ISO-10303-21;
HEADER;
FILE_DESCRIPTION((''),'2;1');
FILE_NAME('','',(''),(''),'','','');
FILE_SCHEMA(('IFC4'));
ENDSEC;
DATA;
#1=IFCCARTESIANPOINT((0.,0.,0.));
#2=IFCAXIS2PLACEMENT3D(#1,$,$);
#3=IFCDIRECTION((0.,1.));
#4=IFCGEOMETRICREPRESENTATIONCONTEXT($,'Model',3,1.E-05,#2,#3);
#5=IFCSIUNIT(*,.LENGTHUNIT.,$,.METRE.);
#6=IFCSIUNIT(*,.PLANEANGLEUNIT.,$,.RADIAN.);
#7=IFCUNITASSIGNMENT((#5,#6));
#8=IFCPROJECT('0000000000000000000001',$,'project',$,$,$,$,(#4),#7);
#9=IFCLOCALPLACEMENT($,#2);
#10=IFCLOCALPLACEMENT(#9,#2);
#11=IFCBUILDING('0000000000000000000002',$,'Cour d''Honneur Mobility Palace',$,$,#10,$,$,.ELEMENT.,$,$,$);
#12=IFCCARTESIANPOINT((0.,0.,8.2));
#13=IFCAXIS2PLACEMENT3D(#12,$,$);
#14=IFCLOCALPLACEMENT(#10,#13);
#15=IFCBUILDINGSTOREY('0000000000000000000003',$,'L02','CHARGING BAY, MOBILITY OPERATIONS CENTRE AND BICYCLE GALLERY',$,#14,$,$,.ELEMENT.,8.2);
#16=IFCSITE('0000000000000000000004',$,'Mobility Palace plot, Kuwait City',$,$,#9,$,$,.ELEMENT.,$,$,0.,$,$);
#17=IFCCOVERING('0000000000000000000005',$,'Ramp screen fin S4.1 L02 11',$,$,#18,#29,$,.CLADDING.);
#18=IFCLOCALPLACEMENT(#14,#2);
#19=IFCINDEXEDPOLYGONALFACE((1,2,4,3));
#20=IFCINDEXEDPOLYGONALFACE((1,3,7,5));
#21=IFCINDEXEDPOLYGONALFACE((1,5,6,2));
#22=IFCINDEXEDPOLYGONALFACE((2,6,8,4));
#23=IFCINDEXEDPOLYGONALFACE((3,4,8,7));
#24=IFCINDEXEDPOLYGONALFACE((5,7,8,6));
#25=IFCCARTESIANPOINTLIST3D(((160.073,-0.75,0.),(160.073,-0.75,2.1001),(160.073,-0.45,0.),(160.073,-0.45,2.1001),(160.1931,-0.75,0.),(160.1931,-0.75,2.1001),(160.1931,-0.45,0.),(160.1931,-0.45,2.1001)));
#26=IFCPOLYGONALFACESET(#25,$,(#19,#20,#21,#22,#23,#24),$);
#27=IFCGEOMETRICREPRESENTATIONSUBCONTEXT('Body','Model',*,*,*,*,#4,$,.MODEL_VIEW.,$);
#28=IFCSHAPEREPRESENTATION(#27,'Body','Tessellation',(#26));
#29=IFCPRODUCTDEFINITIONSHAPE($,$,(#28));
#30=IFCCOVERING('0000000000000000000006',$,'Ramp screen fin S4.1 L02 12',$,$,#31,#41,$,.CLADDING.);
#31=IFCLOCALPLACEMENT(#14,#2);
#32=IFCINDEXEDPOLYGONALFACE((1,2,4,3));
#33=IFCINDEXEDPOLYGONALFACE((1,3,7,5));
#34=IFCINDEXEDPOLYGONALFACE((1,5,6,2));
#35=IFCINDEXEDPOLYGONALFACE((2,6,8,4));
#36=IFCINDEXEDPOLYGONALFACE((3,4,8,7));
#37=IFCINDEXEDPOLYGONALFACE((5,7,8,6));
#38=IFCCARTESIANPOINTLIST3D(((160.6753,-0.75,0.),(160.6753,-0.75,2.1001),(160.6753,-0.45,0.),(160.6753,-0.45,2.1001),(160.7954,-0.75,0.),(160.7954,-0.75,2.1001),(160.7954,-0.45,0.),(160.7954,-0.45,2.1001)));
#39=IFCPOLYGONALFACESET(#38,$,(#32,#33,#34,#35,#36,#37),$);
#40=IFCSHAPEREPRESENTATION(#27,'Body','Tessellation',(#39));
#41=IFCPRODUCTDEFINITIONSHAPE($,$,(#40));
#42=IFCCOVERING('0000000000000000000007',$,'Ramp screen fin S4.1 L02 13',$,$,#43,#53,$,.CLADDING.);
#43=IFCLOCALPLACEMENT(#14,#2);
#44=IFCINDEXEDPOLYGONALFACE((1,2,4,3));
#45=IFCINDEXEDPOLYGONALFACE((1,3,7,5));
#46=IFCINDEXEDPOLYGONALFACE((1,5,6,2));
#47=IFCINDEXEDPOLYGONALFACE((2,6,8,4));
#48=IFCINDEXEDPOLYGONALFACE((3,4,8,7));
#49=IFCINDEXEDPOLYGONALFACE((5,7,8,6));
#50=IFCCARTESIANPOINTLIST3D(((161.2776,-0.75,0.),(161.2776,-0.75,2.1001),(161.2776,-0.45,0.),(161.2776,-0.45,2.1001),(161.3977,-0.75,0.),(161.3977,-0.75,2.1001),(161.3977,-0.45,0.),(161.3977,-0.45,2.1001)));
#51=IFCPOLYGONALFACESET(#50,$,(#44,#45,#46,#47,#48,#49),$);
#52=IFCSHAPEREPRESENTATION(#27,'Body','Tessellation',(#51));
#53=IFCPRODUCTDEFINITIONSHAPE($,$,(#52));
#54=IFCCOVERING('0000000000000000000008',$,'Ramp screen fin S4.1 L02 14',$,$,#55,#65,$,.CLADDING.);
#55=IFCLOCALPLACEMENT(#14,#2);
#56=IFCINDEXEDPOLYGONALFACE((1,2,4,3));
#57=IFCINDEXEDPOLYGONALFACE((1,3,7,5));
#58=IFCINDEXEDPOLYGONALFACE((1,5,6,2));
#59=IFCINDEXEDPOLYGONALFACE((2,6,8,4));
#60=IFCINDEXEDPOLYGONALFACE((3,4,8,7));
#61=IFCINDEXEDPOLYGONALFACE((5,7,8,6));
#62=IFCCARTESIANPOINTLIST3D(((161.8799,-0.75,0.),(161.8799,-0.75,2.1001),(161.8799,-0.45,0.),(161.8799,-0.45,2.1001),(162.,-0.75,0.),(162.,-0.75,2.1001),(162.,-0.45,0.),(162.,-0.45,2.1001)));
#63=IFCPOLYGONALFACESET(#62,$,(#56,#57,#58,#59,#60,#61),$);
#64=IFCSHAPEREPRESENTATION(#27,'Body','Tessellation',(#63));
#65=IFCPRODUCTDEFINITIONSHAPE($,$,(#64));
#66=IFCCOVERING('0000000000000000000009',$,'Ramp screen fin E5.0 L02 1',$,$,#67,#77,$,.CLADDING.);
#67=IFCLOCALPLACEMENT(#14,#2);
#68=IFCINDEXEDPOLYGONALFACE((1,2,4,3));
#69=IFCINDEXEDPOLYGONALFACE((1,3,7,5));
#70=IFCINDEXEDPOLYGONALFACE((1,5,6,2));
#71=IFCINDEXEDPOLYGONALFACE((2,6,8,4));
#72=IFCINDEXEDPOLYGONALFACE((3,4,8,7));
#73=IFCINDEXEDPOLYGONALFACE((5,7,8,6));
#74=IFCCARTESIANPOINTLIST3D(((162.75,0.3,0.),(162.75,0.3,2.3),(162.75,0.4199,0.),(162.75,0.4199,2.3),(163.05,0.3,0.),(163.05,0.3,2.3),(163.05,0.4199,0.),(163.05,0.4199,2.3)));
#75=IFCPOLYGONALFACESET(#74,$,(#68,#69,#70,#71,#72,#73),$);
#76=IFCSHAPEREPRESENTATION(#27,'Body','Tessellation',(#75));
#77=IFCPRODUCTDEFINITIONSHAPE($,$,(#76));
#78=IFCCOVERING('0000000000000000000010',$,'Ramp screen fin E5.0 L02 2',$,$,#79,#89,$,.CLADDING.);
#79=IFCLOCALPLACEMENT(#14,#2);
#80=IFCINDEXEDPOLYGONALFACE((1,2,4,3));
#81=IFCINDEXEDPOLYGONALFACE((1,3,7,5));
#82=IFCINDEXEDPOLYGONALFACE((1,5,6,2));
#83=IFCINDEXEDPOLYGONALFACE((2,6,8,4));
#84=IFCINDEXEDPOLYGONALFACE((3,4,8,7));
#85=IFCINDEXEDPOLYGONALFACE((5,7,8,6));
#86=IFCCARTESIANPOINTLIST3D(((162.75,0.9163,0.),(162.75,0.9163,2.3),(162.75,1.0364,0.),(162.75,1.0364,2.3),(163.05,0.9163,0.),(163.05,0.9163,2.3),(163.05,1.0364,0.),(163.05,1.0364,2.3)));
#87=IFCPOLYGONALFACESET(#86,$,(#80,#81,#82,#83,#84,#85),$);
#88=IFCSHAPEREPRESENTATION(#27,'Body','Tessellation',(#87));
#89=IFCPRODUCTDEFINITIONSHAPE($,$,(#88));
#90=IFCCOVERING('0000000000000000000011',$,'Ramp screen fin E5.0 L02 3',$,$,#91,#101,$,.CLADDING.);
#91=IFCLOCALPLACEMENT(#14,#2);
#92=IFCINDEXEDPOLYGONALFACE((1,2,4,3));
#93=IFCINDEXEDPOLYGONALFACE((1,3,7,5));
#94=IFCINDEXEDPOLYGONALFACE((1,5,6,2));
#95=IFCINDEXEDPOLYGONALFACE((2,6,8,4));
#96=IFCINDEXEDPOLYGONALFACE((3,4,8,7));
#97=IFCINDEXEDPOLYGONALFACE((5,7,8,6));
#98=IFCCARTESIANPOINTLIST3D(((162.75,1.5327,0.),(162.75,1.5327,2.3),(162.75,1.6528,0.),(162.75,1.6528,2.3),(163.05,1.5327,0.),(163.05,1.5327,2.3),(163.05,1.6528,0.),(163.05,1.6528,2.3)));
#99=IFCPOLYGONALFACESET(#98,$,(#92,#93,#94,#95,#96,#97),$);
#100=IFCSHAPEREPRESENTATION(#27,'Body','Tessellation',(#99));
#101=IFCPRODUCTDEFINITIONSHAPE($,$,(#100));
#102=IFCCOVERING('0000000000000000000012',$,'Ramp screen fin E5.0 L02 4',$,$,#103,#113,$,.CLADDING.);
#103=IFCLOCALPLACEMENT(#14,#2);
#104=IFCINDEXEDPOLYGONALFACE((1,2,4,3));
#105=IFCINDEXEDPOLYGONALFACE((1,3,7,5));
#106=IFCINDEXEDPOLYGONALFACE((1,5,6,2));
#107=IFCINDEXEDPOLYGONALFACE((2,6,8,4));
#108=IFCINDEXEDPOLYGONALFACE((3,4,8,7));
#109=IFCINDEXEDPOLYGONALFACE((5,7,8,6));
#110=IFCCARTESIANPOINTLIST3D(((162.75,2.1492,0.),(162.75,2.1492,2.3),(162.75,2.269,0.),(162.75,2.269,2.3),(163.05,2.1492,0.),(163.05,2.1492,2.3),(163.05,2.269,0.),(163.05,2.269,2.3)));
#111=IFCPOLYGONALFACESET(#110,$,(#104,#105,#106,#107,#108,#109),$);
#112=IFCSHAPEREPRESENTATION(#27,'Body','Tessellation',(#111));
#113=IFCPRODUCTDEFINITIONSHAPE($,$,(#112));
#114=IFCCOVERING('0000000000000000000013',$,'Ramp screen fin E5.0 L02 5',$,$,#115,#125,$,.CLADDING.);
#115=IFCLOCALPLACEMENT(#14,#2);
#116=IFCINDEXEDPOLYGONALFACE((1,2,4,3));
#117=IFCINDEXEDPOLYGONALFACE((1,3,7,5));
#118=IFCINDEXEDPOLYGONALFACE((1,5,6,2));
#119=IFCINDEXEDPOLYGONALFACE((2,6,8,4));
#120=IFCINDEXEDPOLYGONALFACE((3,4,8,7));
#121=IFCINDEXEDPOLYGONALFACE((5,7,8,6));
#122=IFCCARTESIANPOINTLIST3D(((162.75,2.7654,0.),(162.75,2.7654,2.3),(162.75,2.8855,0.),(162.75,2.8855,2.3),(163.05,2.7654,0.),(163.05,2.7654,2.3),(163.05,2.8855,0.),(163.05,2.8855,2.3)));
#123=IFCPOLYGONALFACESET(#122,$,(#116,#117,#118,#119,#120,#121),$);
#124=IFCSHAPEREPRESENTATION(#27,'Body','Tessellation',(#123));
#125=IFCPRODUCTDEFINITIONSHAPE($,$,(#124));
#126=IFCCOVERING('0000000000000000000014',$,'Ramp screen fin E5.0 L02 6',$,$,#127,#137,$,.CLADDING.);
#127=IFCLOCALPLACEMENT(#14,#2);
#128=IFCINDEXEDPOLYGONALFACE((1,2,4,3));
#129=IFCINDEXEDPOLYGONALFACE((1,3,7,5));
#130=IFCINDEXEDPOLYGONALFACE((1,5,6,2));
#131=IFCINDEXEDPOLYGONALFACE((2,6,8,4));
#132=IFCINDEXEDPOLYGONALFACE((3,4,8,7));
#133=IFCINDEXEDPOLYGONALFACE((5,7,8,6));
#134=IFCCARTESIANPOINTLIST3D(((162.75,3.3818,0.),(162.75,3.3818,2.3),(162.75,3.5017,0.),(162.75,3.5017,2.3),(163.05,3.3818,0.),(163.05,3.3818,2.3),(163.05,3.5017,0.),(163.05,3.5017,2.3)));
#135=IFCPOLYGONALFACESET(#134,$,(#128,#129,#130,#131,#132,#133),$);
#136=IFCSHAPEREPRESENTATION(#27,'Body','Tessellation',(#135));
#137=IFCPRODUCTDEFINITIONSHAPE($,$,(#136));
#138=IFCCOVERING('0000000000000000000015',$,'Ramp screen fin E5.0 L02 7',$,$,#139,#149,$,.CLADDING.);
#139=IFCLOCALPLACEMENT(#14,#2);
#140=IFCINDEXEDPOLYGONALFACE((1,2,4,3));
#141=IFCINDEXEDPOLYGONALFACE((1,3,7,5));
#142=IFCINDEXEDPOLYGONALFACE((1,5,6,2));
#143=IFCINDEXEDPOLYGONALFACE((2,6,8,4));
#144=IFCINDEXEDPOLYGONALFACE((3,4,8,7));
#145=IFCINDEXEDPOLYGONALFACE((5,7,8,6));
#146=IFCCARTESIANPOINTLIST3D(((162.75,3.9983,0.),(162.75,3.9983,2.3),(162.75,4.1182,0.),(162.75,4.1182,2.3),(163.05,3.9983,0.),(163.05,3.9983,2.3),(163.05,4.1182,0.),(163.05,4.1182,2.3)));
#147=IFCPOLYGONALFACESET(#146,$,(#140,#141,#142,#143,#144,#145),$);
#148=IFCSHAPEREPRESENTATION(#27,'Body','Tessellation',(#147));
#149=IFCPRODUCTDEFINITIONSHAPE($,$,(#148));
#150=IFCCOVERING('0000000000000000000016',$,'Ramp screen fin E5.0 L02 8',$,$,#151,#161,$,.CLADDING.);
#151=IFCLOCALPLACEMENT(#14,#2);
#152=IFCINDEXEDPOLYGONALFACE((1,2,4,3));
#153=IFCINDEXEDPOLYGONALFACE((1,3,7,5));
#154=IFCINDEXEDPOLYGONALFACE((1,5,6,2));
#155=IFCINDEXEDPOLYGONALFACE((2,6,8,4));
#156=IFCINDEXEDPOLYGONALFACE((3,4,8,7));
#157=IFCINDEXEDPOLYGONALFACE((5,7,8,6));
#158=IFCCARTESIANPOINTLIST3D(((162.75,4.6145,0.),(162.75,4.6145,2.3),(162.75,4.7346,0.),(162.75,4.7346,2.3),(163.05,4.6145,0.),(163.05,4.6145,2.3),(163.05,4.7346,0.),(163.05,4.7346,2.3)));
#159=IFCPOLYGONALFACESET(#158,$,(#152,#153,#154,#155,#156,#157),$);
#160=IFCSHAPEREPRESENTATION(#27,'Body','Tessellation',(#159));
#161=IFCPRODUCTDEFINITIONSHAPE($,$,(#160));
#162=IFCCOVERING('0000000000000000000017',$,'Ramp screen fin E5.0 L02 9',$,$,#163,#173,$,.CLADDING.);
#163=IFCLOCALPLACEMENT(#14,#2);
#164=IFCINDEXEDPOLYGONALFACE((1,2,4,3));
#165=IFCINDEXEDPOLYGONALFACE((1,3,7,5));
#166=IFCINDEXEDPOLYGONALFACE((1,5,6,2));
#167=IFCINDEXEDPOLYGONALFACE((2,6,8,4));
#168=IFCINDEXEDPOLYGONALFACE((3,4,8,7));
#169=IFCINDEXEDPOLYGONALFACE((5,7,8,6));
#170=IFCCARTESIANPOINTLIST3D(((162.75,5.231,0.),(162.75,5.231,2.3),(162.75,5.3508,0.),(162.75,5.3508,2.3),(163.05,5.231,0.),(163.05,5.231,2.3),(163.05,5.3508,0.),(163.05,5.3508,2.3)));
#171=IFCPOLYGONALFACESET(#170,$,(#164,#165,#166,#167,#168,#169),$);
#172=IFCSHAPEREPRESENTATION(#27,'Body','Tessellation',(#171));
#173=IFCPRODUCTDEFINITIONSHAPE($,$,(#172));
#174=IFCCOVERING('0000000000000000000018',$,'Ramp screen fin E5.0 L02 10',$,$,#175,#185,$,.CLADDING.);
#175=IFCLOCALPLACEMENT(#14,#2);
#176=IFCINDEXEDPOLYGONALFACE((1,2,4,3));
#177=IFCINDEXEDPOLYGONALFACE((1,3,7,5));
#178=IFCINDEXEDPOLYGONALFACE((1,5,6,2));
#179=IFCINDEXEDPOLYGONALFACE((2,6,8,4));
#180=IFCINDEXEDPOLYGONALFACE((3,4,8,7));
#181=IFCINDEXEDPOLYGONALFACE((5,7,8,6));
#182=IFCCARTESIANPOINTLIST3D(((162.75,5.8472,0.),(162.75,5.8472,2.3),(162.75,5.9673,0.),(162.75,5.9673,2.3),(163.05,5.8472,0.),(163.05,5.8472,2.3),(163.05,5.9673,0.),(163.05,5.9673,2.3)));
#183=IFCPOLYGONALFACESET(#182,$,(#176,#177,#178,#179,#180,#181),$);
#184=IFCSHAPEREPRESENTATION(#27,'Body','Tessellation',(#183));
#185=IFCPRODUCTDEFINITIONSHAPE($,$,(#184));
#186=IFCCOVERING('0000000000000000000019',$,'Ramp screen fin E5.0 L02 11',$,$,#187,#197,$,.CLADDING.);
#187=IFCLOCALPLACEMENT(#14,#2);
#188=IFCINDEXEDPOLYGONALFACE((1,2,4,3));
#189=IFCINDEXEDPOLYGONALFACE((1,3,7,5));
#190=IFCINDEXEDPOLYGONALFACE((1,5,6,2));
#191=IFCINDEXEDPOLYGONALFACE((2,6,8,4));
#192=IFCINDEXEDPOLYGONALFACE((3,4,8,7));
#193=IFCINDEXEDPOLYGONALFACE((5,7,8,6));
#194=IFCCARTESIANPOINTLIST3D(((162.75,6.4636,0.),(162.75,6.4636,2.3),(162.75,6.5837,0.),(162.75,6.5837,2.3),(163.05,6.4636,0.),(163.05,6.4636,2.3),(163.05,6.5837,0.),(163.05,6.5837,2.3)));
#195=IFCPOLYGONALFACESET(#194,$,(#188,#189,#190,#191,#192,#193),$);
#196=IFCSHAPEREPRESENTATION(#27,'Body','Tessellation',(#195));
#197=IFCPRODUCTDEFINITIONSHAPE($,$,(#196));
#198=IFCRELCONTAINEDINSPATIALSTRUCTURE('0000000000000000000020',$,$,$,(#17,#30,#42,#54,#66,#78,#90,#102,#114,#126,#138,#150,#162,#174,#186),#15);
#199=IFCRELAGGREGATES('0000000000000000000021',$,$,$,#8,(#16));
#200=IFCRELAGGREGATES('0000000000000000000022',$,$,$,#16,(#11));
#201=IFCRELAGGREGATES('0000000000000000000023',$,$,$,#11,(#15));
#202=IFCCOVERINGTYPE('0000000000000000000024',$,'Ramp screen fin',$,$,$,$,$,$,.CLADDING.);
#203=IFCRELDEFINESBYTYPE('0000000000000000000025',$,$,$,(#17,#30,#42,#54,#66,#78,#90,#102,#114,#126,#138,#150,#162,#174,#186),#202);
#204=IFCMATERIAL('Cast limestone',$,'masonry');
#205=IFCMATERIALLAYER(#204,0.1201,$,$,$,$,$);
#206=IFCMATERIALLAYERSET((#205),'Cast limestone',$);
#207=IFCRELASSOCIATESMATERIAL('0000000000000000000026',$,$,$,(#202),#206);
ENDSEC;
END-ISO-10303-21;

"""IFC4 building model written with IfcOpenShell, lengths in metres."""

from ifc_helpers import new_model, si_unit, direction, frame, origin, place, context, subcontext, project, spatial, polyline, outline, extrude, material, layer, layer_set, type_object, element, save


model = new_model("IFC4")

# Units and contexts
model_context = context("Model", 3, precision=1e-05, world=origin(), true_north=direction((0.0, 1.0)))
body_context = subcontext(model_context, "Body", "Model", "MODEL_VIEW")
ifc_project = project(units=[si_unit("LENGTHUNIT", "METRE"), si_unit("PLANEANGLEUNIT", "RADIAN")], contexts=[model_context])

# Site, building, storey
site_placement = place(None, origin())
site = spatial("IfcSite", under=ifc_project, at=site_placement, Name="Mobility Palace plot, Kuwait City", CompositionType="ELEMENT", RefElevation=0.0)
building_placement = place(site_placement, origin())
building = spatial("IfcBuilding", under=site, at=building_placement, Name="Cour d'Honneur Mobility Palace", CompositionType="ELEMENT")
storey_placement = place(building_placement, frame((0.0, 0.0, 8.2)))
storey = spatial("IfcBuildingStorey", under=building, at=storey_placement, Name="L02", Description="CHARGING BAY, MOBILITY OPERATIONS CENTRE AND BICYCLE GALLERY", CompositionType="ELEMENT", Elevation=8.2)

# Coverings
ifc_material_1 = material(Name="Cast limestone", Category="masonry")
ifc_layer_1 = layer(ifc_material_1, 0.1201)
ifc_layer_set_1 = layer_set([ifc_layer_1], Name="Cast limestone")
covering_type = type_object("IfcCoveringType", Name="Ramp screen fin", PredefinedType="CLADDING", material=ifc_layer_set_1)
covering_1_placement = place(storey_placement, origin())
element("IfcCovering", 1, at=covering_1_placement, inside=storey, type_object=covering_type, Name="Ramp screen fin S4.1 L02 11", PredefinedType="CLADDING", context=body_context, shape_type="SweptSolid", body=[
    extrude(outline(polyline([(160.073, -0.45), (160.1931, -0.45), (160.1931, -0.75), (160.073, -0.75), (160.073, -0.45)])), origin(), (0.0, 0.0, 1.0), 2.1001),
])
covering_2_placement = place(storey_placement, origin())
element("IfcCovering", 2, at=covering_2_placement, inside=storey, type_object=covering_type, Name="Ramp screen fin S4.1 L02 12", PredefinedType="CLADDING", context=body_context, shape_type="SweptSolid", body=[
    extrude(outline(polyline([(160.6753, -0.45), (160.7954, -0.45), (160.7954, -0.75), (160.6753, -0.75), (160.6753, -0.45)])), origin(), (0.0, 0.0, 1.0), 2.1001),
])
covering_3_placement = place(storey_placement, origin())
element("IfcCovering", 3, at=covering_3_placement, inside=storey, type_object=covering_type, Name="Ramp screen fin S4.1 L02 13", PredefinedType="CLADDING", context=body_context, shape_type="SweptSolid", body=[
    extrude(outline(polyline([(161.2776, -0.45), (161.3977, -0.45), (161.3977, -0.75), (161.2776, -0.75), (161.2776, -0.45)])), origin(), (0.0, 0.0, 1.0), 2.1001),
])
covering_4_placement = place(storey_placement, origin())
element("IfcCovering", 4, at=covering_4_placement, inside=storey, type_object=covering_type, Name="Ramp screen fin S4.1 L02 14", PredefinedType="CLADDING", context=body_context, shape_type="SweptSolid", body=[
    extrude(outline(polyline([(161.8799, -0.45), (162.0, -0.45), (162.0, -0.75), (161.8799, -0.75), (161.8799, -0.45)])), origin(), (0.0, 0.0, 1.0), 2.1001),
])
covering_5_placement = place(storey_placement, origin())
element("IfcCovering", 5, at=covering_5_placement, inside=storey, type_object=covering_type, Name="Ramp screen fin E5.0 L02 1", PredefinedType="CLADDING", context=body_context, shape_type="SweptSolid", body=[
    extrude(outline(polyline([(162.75, 0.3), (162.75, 0.4199), (163.05, 0.4199), (163.05, 0.3), (162.75, 0.3)])), origin(), (0.0, 0.0, 1.0), 2.3),
])
covering_6_placement = place(storey_placement, origin())
element("IfcCovering", 6, at=covering_6_placement, inside=storey, type_object=covering_type, Name="Ramp screen fin E5.0 L02 2", PredefinedType="CLADDING", context=body_context, shape_type="SweptSolid", body=[
    extrude(outline(polyline([(162.75, 0.9163), (162.75, 1.0364), (163.05, 1.0364), (163.05, 0.9163), (162.75, 0.9163)])), origin(), (0.0, 0.0, 1.0), 2.3),
])
covering_7_placement = place(storey_placement, origin())
element("IfcCovering", 7, at=covering_7_placement, inside=storey, type_object=covering_type, Name="Ramp screen fin E5.0 L02 3", PredefinedType="CLADDING", context=body_context, shape_type="SweptSolid", body=[
    extrude(outline(polyline([(162.75, 1.5327), (162.75, 1.6528), (163.05, 1.6528), (163.05, 1.5327), (162.75, 1.5327)])), origin(), (0.0, 0.0, 1.0), 2.3),
])
covering_8_placement = place(storey_placement, origin())
element("IfcCovering", 8, at=covering_8_placement, inside=storey, type_object=covering_type, Name="Ramp screen fin E5.0 L02 4", PredefinedType="CLADDING", context=body_context, shape_type="SweptSolid", body=[
    extrude(outline(polyline([(162.75, 2.1492), (162.75, 2.269), (163.05, 2.269), (163.05, 2.1492), (162.75, 2.1492)])), origin(), (0.0, 0.0, 1.0), 2.3),
])
covering_9_placement = place(storey_placement, origin())
element("IfcCovering", 9, at=covering_9_placement, inside=storey, type_object=covering_type, Name="Ramp screen fin E5.0 L02 5", PredefinedType="CLADDING", context=body_context, shape_type="SweptSolid", body=[
    extrude(outline(polyline([(162.75, 2.7654), (162.75, 2.8855), (163.05, 2.8855), (163.05, 2.7654), (162.75, 2.7654)])), origin(), (0.0, 0.0, 1.0), 2.3),
])
covering_10_placement = place(storey_placement, origin())
element("IfcCovering", 10, at=covering_10_placement, inside=storey, type_object=covering_type, Name="Ramp screen fin E5.0 L02 6", PredefinedType="CLADDING", context=body_context, shape_type="SweptSolid", body=[
    extrude(outline(polyline([(162.75, 3.3818), (162.75, 3.5017), (163.05, 3.5017), (163.05, 3.3818), (162.75, 3.3818)])), origin(), (0.0, 0.0, 1.0), 2.3),
])
covering_11_placement = place(storey_placement, origin())
element("IfcCovering", 11, at=covering_11_placement, inside=storey, type_object=covering_type, Name="Ramp screen fin E5.0 L02 7", PredefinedType="CLADDING", context=body_context, shape_type="SweptSolid", body=[
    extrude(outline(polyline([(162.75, 3.9983), (162.75, 4.1182), (163.05, 4.1182), (163.05, 3.9983), (162.75, 3.9983)])), origin(), (0.0, 0.0, 1.0), 2.3),
])
covering_12_placement = place(storey_placement, origin())
element("IfcCovering", 12, at=covering_12_placement, inside=storey, type_object=covering_type, Name="Ramp screen fin E5.0 L02 8", PredefinedType="CLADDING", context=body_context, shape_type="SweptSolid", body=[
    extrude(outline(polyline([(162.75, 4.6145), (162.75, 4.7346), (163.05, 4.7346), (163.05, 4.6145), (162.75, 4.6145)])), origin(), (0.0, 0.0, 1.0), 2.3),
])
covering_13_placement = place(storey_placement, origin())
element("IfcCovering", 13, at=covering_13_placement, inside=storey, type_object=covering_type, Name="Ramp screen fin E5.0 L02 9", PredefinedType="CLADDING", context=body_context, shape_type="SweptSolid", body=[
    extrude(outline(polyline([(162.75, 5.231), (162.75, 5.3508), (163.05, 5.3508), (163.05, 5.231), (162.75, 5.231)])), origin(), (0.0, 0.0, 1.0), 2.3),
])
covering_14_placement = place(storey_placement, origin())
element("IfcCovering", 14, at=covering_14_placement, inside=storey, type_object=covering_type, Name="Ramp screen fin E5.0 L02 10", PredefinedType="CLADDING", context=body_context, shape_type="SweptSolid", body=[
    extrude(outline(polyline([(162.75, 5.8472), (162.75, 5.9673), (163.05, 5.9673), (163.05, 5.8472), (162.75, 5.8472)])), origin(), (0.0, 0.0, 1.0), 2.3),
])
covering_15_placement = place(storey_placement, origin())
element("IfcCovering", 15, at=covering_15_placement, inside=storey, type_object=covering_type, Name="Ramp screen fin E5.0 L02 11", PredefinedType="CLADDING", context=body_context, shape_type="SweptSolid", body=[
    extrude(outline(polyline([(162.75, 6.4636), (162.75, 6.5837), (163.05, 6.5837), (163.05, 6.4636), (162.75, 6.4636)])), origin(), (0.0, 0.0, 1.0), 2.3),
])

save(model, "model.ifc")
